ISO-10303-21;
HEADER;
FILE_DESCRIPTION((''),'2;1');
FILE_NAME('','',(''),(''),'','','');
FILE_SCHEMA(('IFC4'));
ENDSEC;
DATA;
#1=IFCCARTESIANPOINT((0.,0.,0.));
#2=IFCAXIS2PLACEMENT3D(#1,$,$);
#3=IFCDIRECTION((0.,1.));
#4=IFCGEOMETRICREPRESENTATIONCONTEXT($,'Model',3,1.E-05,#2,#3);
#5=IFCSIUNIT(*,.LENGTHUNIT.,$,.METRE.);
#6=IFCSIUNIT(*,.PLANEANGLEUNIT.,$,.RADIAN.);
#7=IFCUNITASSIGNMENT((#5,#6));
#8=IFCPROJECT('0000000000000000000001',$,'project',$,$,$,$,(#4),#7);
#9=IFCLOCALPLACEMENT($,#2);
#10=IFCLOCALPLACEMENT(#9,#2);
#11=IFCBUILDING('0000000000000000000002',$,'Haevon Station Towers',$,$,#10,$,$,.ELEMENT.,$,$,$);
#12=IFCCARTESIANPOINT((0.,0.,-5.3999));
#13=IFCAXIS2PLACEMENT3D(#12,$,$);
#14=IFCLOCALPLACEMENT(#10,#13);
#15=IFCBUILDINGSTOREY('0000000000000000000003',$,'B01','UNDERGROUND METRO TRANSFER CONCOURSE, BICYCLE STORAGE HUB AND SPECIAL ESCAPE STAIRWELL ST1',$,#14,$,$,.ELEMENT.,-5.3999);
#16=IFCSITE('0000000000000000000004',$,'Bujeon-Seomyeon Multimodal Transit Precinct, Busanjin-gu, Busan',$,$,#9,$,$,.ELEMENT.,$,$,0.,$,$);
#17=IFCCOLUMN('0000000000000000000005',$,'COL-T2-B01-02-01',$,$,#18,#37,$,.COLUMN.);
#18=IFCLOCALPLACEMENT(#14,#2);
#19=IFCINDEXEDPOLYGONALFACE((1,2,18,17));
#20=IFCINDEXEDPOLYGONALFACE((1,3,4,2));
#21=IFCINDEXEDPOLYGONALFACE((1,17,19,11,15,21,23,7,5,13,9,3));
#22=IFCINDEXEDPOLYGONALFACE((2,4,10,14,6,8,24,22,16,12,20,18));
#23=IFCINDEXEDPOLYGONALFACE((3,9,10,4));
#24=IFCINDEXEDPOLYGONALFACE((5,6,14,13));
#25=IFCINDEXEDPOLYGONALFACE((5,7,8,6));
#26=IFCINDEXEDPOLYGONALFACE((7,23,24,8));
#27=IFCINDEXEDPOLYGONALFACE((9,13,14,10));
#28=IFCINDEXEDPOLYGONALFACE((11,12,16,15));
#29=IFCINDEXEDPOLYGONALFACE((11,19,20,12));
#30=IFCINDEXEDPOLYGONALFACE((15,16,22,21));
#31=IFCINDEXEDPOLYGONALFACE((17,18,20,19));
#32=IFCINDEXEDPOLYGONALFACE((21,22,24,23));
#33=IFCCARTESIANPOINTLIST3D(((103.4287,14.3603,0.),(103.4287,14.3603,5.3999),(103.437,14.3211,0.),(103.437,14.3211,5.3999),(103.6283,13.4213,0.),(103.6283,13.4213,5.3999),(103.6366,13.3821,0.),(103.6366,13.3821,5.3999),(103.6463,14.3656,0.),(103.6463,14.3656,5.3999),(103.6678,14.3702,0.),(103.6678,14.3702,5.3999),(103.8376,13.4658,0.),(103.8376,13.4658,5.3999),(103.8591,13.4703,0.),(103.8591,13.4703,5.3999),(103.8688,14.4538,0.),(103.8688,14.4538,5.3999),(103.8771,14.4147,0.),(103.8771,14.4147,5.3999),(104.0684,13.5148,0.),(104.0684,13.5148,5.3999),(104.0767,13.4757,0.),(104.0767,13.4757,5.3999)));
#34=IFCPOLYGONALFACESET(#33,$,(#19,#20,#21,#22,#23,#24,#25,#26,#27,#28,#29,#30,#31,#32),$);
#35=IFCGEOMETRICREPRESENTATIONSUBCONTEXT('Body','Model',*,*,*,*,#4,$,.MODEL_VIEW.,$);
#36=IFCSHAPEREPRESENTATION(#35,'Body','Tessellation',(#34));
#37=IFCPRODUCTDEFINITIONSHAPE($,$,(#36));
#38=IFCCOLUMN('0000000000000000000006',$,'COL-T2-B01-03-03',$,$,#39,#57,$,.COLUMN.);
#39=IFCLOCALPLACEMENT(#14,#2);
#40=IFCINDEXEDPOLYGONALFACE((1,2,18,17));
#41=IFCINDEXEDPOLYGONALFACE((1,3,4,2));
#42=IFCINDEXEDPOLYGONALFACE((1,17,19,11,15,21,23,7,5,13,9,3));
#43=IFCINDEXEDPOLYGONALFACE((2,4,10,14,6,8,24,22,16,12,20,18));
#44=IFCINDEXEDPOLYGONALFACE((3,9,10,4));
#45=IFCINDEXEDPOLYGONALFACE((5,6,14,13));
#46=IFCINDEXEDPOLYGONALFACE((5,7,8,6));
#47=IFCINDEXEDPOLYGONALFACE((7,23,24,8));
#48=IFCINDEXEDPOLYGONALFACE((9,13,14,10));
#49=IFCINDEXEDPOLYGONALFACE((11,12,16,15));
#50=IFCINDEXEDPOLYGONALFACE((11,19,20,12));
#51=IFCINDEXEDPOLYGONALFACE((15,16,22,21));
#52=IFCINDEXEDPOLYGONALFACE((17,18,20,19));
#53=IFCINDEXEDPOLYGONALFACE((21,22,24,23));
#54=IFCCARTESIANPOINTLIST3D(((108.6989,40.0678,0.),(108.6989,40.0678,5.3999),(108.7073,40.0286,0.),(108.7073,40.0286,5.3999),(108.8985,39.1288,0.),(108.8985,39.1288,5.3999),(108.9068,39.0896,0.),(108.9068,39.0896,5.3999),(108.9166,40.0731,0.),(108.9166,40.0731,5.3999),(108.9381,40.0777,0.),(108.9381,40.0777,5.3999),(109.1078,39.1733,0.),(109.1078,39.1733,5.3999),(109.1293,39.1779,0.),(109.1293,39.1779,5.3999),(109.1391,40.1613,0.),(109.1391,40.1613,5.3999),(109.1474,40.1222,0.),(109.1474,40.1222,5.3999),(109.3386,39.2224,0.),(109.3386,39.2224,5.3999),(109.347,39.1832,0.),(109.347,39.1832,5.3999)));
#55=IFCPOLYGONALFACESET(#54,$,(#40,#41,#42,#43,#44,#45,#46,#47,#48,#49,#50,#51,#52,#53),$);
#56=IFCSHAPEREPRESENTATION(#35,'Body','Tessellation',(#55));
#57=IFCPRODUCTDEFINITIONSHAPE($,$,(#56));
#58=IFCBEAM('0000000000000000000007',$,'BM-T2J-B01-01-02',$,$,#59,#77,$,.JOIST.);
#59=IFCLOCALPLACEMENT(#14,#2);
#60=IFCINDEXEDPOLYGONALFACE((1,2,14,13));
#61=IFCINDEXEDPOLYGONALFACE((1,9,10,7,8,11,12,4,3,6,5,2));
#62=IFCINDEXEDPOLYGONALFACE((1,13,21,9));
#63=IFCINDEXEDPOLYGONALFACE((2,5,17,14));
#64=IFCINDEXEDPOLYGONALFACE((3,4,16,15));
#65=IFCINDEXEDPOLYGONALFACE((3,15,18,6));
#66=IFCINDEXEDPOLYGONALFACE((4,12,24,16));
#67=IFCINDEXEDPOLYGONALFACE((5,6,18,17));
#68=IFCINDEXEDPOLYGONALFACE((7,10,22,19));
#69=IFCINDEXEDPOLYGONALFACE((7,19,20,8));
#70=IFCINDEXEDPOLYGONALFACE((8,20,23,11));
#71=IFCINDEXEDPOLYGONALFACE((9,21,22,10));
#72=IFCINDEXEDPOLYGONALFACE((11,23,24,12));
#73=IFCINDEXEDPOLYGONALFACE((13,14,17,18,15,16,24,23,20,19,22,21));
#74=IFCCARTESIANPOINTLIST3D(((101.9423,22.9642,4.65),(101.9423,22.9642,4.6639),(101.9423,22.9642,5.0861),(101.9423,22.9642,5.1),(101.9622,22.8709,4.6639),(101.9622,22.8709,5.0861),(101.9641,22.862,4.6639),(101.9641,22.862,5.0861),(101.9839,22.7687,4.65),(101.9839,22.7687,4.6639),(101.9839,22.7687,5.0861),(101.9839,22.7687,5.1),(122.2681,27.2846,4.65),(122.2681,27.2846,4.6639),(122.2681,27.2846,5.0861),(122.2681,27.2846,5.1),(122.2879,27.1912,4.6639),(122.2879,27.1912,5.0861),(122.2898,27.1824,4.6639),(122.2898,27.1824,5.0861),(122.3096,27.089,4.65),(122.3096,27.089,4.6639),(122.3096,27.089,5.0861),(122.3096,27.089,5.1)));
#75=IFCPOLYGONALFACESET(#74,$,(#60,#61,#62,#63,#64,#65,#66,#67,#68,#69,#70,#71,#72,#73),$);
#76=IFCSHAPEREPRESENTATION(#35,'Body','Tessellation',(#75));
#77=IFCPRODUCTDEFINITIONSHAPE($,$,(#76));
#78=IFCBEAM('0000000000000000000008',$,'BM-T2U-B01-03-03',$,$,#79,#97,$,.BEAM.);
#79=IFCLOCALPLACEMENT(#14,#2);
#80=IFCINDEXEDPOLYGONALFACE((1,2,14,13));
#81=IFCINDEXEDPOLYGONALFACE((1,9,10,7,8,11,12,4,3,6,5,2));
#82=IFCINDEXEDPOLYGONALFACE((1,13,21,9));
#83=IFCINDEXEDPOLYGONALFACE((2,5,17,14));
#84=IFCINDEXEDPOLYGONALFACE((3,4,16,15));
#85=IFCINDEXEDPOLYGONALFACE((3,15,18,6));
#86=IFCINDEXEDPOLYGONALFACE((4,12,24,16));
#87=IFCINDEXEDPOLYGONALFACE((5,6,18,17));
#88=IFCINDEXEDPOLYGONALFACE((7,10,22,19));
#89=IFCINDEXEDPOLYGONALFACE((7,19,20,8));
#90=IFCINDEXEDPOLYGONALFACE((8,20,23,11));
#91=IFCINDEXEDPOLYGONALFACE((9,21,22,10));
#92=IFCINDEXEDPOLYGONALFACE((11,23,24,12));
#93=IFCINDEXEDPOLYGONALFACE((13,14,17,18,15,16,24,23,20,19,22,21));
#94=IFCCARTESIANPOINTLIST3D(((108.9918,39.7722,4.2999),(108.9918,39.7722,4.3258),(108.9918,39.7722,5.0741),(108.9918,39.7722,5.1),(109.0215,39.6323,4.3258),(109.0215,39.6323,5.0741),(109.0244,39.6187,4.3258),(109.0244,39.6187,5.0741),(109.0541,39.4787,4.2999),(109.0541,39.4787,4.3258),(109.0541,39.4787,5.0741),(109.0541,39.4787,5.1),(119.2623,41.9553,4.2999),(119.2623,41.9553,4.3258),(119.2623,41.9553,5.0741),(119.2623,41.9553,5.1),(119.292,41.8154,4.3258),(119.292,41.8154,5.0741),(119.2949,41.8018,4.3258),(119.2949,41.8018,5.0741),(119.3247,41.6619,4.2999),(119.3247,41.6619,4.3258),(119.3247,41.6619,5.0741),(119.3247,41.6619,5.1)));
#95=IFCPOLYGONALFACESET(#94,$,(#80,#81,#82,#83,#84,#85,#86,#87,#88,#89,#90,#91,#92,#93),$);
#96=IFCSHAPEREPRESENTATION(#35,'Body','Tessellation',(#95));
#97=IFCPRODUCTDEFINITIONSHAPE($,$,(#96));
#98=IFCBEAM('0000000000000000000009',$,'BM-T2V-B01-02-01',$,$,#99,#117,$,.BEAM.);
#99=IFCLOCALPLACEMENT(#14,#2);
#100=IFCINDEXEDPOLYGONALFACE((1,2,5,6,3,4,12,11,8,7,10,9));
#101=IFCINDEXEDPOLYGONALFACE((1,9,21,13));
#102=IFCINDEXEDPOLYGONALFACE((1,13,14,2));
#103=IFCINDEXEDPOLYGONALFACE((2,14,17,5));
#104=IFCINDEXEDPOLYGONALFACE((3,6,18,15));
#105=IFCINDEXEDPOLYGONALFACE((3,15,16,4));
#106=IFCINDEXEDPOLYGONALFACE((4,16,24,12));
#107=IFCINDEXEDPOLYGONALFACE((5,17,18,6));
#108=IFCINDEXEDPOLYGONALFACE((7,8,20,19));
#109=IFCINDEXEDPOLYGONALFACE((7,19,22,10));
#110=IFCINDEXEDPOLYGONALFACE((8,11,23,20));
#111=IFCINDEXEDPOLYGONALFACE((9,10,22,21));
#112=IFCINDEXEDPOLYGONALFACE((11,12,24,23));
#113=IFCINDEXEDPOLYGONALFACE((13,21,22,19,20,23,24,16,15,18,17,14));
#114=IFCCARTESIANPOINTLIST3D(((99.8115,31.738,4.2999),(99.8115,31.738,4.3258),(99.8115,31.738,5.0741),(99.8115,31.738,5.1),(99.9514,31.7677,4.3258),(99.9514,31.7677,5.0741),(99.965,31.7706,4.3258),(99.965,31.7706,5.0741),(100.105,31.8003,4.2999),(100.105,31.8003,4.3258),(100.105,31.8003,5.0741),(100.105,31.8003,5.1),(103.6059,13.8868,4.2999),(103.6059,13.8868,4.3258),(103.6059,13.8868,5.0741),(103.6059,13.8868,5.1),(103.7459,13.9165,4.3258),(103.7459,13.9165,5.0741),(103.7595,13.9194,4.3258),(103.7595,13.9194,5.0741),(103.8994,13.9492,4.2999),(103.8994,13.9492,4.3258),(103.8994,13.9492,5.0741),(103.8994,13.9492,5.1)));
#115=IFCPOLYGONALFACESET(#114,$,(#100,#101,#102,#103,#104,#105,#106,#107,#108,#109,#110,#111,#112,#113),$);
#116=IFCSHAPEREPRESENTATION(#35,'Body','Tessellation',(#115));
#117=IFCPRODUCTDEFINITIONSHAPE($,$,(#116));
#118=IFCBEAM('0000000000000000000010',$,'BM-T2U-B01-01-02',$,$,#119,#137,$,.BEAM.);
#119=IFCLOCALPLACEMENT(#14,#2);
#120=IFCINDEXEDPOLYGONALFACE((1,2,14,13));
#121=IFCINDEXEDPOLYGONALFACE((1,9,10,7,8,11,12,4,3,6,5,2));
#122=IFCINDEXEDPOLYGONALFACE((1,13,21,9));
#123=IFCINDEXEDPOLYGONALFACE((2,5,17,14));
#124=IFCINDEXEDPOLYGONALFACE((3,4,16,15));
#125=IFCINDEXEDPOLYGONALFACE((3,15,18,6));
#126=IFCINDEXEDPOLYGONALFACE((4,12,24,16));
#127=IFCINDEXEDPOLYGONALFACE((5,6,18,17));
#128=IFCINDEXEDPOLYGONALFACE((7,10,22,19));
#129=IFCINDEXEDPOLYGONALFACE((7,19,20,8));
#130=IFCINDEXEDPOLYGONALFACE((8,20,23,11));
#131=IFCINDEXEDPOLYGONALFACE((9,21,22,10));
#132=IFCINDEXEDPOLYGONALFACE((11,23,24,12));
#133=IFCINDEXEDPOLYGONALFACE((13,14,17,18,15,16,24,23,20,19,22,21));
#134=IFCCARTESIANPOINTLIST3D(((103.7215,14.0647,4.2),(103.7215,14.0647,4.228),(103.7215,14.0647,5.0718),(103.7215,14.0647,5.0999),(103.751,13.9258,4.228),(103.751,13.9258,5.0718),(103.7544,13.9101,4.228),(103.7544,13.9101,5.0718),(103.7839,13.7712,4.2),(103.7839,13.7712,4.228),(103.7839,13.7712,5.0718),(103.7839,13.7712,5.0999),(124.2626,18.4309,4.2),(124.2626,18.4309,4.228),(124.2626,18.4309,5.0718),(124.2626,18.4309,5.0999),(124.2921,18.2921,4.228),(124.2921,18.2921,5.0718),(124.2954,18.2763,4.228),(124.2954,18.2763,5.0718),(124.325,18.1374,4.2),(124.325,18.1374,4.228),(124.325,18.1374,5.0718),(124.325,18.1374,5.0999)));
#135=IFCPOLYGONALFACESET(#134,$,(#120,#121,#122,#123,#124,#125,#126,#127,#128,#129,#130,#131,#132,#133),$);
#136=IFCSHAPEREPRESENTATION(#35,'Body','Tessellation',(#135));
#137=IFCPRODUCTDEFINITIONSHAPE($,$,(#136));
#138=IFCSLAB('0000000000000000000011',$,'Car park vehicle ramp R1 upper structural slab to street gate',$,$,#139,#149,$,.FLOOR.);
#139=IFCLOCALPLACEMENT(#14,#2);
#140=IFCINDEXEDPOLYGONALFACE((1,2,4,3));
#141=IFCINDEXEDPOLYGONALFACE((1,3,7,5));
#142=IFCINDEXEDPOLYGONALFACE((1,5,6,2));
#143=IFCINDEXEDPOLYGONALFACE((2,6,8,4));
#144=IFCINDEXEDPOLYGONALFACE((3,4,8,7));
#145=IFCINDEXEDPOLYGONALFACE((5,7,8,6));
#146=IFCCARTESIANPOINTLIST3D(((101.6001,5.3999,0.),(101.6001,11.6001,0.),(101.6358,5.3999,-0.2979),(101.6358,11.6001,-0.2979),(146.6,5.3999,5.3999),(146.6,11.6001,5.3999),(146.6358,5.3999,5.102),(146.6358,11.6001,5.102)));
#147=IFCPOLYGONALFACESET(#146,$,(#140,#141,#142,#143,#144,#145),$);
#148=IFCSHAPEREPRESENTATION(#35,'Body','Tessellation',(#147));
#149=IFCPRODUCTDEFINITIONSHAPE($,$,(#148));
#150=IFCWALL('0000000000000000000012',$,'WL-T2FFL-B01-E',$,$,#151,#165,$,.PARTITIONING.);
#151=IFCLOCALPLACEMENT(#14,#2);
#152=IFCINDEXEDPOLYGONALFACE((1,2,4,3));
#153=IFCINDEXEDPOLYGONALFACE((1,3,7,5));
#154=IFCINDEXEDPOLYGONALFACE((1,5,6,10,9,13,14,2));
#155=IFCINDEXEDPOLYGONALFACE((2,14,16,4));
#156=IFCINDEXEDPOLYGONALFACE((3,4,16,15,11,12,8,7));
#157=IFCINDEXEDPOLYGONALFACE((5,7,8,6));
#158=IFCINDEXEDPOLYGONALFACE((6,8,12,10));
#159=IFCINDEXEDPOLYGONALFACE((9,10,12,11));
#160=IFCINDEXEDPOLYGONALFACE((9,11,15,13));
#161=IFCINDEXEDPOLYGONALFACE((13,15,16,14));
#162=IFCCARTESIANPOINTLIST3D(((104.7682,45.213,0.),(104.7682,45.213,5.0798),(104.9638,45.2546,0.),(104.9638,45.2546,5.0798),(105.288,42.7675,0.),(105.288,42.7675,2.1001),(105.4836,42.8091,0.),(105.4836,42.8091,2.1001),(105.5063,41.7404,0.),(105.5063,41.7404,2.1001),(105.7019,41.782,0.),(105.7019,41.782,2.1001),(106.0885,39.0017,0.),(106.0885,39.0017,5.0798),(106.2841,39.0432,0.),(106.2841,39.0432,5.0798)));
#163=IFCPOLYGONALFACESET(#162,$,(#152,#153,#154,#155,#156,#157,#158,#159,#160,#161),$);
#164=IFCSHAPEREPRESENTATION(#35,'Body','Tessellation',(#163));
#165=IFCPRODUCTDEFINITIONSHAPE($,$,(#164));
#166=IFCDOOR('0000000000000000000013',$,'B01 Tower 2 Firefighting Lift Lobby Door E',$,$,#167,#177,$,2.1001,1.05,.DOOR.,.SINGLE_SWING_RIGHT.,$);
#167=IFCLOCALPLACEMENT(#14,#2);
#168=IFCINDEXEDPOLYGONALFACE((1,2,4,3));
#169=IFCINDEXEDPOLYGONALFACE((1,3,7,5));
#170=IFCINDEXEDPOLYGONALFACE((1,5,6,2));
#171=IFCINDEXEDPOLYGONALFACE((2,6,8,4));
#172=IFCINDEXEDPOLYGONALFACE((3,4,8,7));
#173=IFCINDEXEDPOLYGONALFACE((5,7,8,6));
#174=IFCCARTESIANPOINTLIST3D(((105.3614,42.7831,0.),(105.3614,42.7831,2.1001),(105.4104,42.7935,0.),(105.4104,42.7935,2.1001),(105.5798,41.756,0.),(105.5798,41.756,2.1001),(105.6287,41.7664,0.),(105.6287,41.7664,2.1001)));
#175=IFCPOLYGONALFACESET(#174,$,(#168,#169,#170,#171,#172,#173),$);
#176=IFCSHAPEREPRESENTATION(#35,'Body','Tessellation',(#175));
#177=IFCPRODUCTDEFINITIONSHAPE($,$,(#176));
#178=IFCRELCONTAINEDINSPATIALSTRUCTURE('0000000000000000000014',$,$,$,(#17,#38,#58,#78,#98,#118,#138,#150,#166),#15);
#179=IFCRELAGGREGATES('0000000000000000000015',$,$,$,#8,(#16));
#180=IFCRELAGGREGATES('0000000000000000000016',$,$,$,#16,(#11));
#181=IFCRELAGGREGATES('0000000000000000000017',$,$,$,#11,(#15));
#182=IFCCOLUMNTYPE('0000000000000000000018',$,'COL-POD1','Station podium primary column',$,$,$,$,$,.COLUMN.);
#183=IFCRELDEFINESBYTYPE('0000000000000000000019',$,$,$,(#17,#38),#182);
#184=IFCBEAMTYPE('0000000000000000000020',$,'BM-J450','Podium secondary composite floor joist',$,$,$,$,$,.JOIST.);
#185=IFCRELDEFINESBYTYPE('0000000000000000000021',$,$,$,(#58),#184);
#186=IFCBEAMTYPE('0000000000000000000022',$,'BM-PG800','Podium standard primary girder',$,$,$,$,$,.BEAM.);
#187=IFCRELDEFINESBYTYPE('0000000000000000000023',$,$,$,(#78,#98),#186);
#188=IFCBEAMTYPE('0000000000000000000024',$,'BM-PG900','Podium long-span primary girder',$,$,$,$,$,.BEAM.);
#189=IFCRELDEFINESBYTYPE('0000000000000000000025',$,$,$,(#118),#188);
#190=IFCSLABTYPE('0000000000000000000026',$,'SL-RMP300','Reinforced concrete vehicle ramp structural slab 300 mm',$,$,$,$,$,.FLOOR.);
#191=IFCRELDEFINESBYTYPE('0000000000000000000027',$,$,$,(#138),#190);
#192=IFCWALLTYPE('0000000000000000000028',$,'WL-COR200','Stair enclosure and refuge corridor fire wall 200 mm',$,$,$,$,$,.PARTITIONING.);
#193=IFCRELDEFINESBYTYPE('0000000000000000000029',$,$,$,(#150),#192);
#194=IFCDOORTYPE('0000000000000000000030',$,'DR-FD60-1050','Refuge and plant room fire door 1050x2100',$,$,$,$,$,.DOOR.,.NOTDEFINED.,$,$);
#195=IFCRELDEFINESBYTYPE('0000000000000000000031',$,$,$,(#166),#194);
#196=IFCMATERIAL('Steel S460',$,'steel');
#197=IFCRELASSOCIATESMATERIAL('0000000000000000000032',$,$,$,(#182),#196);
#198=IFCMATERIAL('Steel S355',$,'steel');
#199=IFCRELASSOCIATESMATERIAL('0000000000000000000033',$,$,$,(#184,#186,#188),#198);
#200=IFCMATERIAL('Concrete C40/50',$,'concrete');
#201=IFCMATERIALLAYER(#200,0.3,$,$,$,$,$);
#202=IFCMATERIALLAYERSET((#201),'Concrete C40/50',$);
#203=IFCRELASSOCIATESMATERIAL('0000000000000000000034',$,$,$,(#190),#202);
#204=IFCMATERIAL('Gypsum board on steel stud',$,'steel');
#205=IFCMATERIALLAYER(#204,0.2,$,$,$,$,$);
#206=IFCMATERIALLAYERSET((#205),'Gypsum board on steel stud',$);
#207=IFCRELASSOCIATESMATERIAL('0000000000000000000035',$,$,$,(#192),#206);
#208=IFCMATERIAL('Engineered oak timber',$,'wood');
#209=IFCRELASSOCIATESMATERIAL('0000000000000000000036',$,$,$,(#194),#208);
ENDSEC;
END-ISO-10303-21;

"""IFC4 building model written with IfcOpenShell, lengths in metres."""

from ifc_helpers import new_model, si_unit, direction, frame, frame_2d, origin, origin_2d, place, context, subcontext, project, spatial, polyline, rectangle, i_section, outline, extrude, material, layer, layer_set, material_profile, profile_set, type_object, element, fill, save


model = new_model("IFC4")

# Units and contexts
model_context = context("Model", 3, precision=1e-05, world=origin(), true_north=direction((0.0, 1.0)))
body_context = subcontext(model_context, "Body", "Model", "MODEL_VIEW")
ifc_project = project(units=[si_unit("LENGTHUNIT", "METRE"), si_unit("PLANEANGLEUNIT", "RADIAN")], contexts=[model_context])

# Site, building, storey
site_placement = place(None, origin())
site = spatial("IfcSite", under=ifc_project, at=site_placement, Name="Bujeon-Seomyeon Multimodal Transit Precinct, Busanjin-gu, Busan", CompositionType="ELEMENT", RefElevation=0.0)
building_placement = place(site_placement, origin())
building = spatial("IfcBuilding", under=site, at=building_placement, Name="Haevon Station Towers", CompositionType="ELEMENT")
storey_placement = place(building_placement, frame((0.0, 0.0, -5.3999)))
storey = spatial("IfcBuildingStorey", under=building, at=storey_placement, Name="B01", Description="UNDERGROUND METRO TRANSFER CONCOURSE, BICYCLE STORAGE HUB AND SPECIAL ESCAPE STAIRWELL ST1", CompositionType="ELEMENT", Elevation=-5.3999)

# Columns
ifc_material_1 = material(Name="Steel S460", Category="steel")
ifc_material_profile_1 = material_profile(ifc_material_1, i_section(OverallWidth=0.45, OverallDepth=1.0, WebThickness=0.022, FlangeThickness=0.04, at=origin_2d()), Name="H-1000x450x22x40")
ifc_profile_set_1 = profile_set([ifc_material_profile_1], Name="Steel S460")
column_type = type_object("IfcColumnType", Name="COL-POD1", Description="Station podium primary column", PredefinedType="COLUMN", material=ifc_profile_set_1)
for number, where, z_axis, x_axis, name in (
    (1, (103.7527, 13.918, 0.0), (0.0, 0.0, 1.0), (0.978148, 0.207912, 0.0), "COL-T2-B01-02-01"),
    (2, (109.0229, 39.6255, 0.0), (0.0, 0.0, 1.0), (0.978148, 0.207912, 0.0), "COL-T2-B01-03-03"),
):
    element("IfcColumn", number, at=place(storey_placement, frame(where, z_axis=z_axis, x_axis=x_axis)), inside=storey, type_object=column_type, Name=name, PredefinedType="COLUMN", context=body_context, shape_type="SweptSolid", body=[
        extrude(i_section(OverallWidth=0.45, OverallDepth=1.0, WebThickness=0.022, FlangeThickness=0.04, at=origin_2d()), origin(), (0.0, 0.0, 1.0), 5.3999),
    ])

# Beams
ifc_material_2 = material(Name="Steel S355", Category="steel")
ifc_material_profile_2 = material_profile(ifc_material_2, i_section(OverallWidth=0.2, OverallDepth=0.45, WebThickness=0.009, FlangeThickness=0.0139, at=origin_2d()), Name="H-450x200x9x14")
ifc_profile_set_2 = profile_set([ifc_material_profile_2], Name="Steel S355")
beam_type_1 = type_object("IfcBeamType", Name="BM-J450", Description="Podium secondary composite floor joist", PredefinedType="JOIST", material=ifc_profile_set_2)
beam_1_placement = place(storey_placement, frame((101.9631, 22.8665, 4.875), z_axis=(0.978148, 0.20791, 0.0), x_axis=(-0.20791, 0.978148, 0.0)))
element("IfcBeam", 3, at=beam_1_placement, inside=storey, type_object=beam_type_1, Name="BM-T2J-B01-01-02", PredefinedType="JOIST", context=body_context, shape_type="SweptSolid", body=[
    extrude(i_section(OverallWidth=0.2, OverallDepth=0.45, WebThickness=0.009, FlangeThickness=0.0139, at=origin_2d()), origin(), (0.0, 0.0, 1.0), 20.7798),
])
ifc_material_profile_3 = material_profile(ifc_material_2, i_section(OverallWidth=0.3, OverallDepth=0.8, WebThickness=0.0139, FlangeThickness=0.0259, at=origin_2d()), Name="H-800x300x14x26")
ifc_profile_set_3 = profile_set([ifc_material_profile_3], Name="Steel S355")
beam_type_2 = type_object("IfcBeamType", Name="BM-PG800", Description="Podium standard primary girder", PredefinedType="BEAM", material=ifc_profile_set_3)
beam_2_placement = place(storey_placement, frame((109.0229, 39.6255, 4.7), z_axis=(0.978147, 0.207915, 0.0), x_axis=(-0.207915, 0.978147, 0.0)))
element("IfcBeam", 4, at=beam_2_placement, inside=storey, type_object=beam_type_2, Name="BM-T2U-B01-03-03", PredefinedType="BEAM", context=body_context, shape_type="SweptSolid", body=[
    extrude(i_section(OverallWidth=0.3, OverallDepth=0.8, WebThickness=0.0139, FlangeThickness=0.0259, at=origin_2d()), origin(), (0.0, 0.0, 1.0), 10.5),
])
beam_3_placement = place(storey_placement, frame((103.7527, 13.918, 4.7), z_axis=(-0.207915, 0.978147, 0.0), x_axis=(-0.978147, -0.207915, 0.0)))
element("IfcBeam", 5, at=beam_3_placement, inside=storey, type_object=beam_type_2, Name="BM-T2V-B01-02-01", PredefinedType="BEAM", context=body_context, shape_type="SweptSolid", body=[
    extrude(i_section(OverallWidth=0.3, OverallDepth=0.8, WebThickness=0.0139, FlangeThickness=0.0259, at=origin_2d()), origin(), (0.0, 0.0, 1.0), 18.25),
])
ifc_material_profile_4 = material_profile(ifc_material_2, i_section(OverallWidth=0.3, OverallDepth=0.8999, WebThickness=0.0161, FlangeThickness=0.0281, at=origin_2d()), Name="H-900x300x16x28")
ifc_profile_set_4 = profile_set([ifc_material_profile_4], Name="Steel S355")
beam_type_3 = type_object("IfcBeamType", Name="BM-PG900", Description="Podium long-span primary girder", PredefinedType="BEAM", material=ifc_profile_set_4)
beam_4_placement = place(storey_placement, frame((103.7527, 13.918, 4.6499), z_axis=(0.978147, 0.207915, 0.0), x_axis=(-0.207915, 0.978147, 0.0)))
element("IfcBeam", 6, at=beam_4_placement, inside=storey, type_object=beam_type_3, Name="BM-T2U-B01-01-02", PredefinedType="BEAM", context=body_context, shape_type="SweptSolid", body=[
    extrude(i_section(OverallWidth=0.3, OverallDepth=0.8999, WebThickness=0.0161, FlangeThickness=0.0281, at=origin_2d()), origin(), (0.0, 0.0, 1.0), 21.0),
])

# Slab
ifc_material_3 = material(Name="Concrete C40/50", Category="concrete")
ifc_layer_1 = layer(ifc_material_3, 0.3)
ifc_layer_set_1 = layer_set([ifc_layer_1], Name="Concrete C40/50")
slab_type = type_object("IfcSlabType", Name="SL-RMP300", Description="Reinforced concrete vehicle ramp structural slab 300 mm", PredefinedType="FLOOR", material=ifc_layer_set_1)
slab_placement = place(storey_placement, frame((101.6001, 5.3999, 0.0), z_axis=(-0.119143, 0.0, 0.992877), x_axis=(0.992877, 0.0, 0.119143)))
element("IfcSlab", 7, at=slab_placement, inside=storey, type_object=slab_type, Name="Car park vehicle ramp R1 upper structural slab to street gate", PredefinedType="FLOOR", context=body_context, shape_type="SweptSolid", body=[
    extrude(outline(polyline([(0.0, 0.0), (45.3228, 0.0), (45.3228, 6.2002), (0.0, 6.2002), (0.0, 0.0)])), origin(), (0.0, 0.0, -1.0), 0.3),
])

# Wall, opening, door
ifc_material_4 = material(Name="Gypsum board on steel stud", Category="steel")
ifc_layer_2 = layer(ifc_material_4, 0.2)
ifc_layer_set_2 = layer_set([ifc_layer_2], Name="Gypsum board on steel stud")
wall_type_1 = type_object("IfcWallType", Name="WL-COR200", Description="Stair enclosure and refuge corridor fire wall 200 mm", PredefinedType="PARTITIONING", material=ifc_layer_set_2)
wall_1_placement = place(storey_placement, frame((106.1863, 39.0225, 0.0), z_axis=(0.0, 0.0, 1.0), x_axis=(-0.207917, 0.978147, 0.0)))
wall_1 = element("IfcWall", 8, at=wall_1_placement, inside=storey, type_object=wall_type_1, Name="WL-T2FFL-B01-E", PredefinedType="PARTITIONING", context=body_context, shape_type="SweptSolid", body=[
    extrude(rectangle(XDim=6.3501, YDim=0.2, at=frame_2d((3.175, 0.0))), origin(), (0.0, 0.0, 1.0), 5.0798),
])
opening_1_placement = place(wall_1_placement, frame((2.8, 0.0, 0.0)))
opening_1 = element("IfcOpeningElement", 9, at=opening_1_placement, cuts=wall_1, PredefinedType="OPENING", context=body_context, shape_type="SweptSolid", body=[
    extrude(rectangle(XDim=1.05, YDim=2.1001, at=frame_2d((0.5249, 1.05))), frame((0.0, 0.1099, 0.0), z_axis=(0.0, -1.0, 0.0), x_axis=(1.0, 0.0, 0.0)), (0.0, 0.0, 1.0), 0.22),
])
ifc_material_5 = material(Name="Engineered oak timber", Category="wood")
door_type = type_object("IfcDoorType", Name="DR-FD60-1050", Description="Refuge and plant room fire door 1050x2100", OperationType="NOTDEFINED", PredefinedType="DOOR", material=ifc_material_5)
door_1_placement = place(opening_1_placement, origin())
door_1 = element("IfcDoor", 10, at=door_1_placement, inside=storey, type_object=door_type, Name="B01 Tower 2 Firefighting Lift Lobby Door E", OperationType="SINGLE_SWING_RIGHT", OverallHeight=2.1001, OverallWidth=1.05, PredefinedType="DOOR", context=body_context, shape_type="SweptSolid", body=[
    extrude(rectangle(XDim=1.05, YDim=2.1001, at=frame_2d((0.5249, 1.05))), frame((0.0, 0.0249, 0.0), z_axis=(0.0, -1.0, 0.0), x_axis=(1.0, 0.0, 0.0)), (0.0, 0.0, 1.0), 0.05),
])
fill(opening_1, door_1)

save(model, "model.ifc")
